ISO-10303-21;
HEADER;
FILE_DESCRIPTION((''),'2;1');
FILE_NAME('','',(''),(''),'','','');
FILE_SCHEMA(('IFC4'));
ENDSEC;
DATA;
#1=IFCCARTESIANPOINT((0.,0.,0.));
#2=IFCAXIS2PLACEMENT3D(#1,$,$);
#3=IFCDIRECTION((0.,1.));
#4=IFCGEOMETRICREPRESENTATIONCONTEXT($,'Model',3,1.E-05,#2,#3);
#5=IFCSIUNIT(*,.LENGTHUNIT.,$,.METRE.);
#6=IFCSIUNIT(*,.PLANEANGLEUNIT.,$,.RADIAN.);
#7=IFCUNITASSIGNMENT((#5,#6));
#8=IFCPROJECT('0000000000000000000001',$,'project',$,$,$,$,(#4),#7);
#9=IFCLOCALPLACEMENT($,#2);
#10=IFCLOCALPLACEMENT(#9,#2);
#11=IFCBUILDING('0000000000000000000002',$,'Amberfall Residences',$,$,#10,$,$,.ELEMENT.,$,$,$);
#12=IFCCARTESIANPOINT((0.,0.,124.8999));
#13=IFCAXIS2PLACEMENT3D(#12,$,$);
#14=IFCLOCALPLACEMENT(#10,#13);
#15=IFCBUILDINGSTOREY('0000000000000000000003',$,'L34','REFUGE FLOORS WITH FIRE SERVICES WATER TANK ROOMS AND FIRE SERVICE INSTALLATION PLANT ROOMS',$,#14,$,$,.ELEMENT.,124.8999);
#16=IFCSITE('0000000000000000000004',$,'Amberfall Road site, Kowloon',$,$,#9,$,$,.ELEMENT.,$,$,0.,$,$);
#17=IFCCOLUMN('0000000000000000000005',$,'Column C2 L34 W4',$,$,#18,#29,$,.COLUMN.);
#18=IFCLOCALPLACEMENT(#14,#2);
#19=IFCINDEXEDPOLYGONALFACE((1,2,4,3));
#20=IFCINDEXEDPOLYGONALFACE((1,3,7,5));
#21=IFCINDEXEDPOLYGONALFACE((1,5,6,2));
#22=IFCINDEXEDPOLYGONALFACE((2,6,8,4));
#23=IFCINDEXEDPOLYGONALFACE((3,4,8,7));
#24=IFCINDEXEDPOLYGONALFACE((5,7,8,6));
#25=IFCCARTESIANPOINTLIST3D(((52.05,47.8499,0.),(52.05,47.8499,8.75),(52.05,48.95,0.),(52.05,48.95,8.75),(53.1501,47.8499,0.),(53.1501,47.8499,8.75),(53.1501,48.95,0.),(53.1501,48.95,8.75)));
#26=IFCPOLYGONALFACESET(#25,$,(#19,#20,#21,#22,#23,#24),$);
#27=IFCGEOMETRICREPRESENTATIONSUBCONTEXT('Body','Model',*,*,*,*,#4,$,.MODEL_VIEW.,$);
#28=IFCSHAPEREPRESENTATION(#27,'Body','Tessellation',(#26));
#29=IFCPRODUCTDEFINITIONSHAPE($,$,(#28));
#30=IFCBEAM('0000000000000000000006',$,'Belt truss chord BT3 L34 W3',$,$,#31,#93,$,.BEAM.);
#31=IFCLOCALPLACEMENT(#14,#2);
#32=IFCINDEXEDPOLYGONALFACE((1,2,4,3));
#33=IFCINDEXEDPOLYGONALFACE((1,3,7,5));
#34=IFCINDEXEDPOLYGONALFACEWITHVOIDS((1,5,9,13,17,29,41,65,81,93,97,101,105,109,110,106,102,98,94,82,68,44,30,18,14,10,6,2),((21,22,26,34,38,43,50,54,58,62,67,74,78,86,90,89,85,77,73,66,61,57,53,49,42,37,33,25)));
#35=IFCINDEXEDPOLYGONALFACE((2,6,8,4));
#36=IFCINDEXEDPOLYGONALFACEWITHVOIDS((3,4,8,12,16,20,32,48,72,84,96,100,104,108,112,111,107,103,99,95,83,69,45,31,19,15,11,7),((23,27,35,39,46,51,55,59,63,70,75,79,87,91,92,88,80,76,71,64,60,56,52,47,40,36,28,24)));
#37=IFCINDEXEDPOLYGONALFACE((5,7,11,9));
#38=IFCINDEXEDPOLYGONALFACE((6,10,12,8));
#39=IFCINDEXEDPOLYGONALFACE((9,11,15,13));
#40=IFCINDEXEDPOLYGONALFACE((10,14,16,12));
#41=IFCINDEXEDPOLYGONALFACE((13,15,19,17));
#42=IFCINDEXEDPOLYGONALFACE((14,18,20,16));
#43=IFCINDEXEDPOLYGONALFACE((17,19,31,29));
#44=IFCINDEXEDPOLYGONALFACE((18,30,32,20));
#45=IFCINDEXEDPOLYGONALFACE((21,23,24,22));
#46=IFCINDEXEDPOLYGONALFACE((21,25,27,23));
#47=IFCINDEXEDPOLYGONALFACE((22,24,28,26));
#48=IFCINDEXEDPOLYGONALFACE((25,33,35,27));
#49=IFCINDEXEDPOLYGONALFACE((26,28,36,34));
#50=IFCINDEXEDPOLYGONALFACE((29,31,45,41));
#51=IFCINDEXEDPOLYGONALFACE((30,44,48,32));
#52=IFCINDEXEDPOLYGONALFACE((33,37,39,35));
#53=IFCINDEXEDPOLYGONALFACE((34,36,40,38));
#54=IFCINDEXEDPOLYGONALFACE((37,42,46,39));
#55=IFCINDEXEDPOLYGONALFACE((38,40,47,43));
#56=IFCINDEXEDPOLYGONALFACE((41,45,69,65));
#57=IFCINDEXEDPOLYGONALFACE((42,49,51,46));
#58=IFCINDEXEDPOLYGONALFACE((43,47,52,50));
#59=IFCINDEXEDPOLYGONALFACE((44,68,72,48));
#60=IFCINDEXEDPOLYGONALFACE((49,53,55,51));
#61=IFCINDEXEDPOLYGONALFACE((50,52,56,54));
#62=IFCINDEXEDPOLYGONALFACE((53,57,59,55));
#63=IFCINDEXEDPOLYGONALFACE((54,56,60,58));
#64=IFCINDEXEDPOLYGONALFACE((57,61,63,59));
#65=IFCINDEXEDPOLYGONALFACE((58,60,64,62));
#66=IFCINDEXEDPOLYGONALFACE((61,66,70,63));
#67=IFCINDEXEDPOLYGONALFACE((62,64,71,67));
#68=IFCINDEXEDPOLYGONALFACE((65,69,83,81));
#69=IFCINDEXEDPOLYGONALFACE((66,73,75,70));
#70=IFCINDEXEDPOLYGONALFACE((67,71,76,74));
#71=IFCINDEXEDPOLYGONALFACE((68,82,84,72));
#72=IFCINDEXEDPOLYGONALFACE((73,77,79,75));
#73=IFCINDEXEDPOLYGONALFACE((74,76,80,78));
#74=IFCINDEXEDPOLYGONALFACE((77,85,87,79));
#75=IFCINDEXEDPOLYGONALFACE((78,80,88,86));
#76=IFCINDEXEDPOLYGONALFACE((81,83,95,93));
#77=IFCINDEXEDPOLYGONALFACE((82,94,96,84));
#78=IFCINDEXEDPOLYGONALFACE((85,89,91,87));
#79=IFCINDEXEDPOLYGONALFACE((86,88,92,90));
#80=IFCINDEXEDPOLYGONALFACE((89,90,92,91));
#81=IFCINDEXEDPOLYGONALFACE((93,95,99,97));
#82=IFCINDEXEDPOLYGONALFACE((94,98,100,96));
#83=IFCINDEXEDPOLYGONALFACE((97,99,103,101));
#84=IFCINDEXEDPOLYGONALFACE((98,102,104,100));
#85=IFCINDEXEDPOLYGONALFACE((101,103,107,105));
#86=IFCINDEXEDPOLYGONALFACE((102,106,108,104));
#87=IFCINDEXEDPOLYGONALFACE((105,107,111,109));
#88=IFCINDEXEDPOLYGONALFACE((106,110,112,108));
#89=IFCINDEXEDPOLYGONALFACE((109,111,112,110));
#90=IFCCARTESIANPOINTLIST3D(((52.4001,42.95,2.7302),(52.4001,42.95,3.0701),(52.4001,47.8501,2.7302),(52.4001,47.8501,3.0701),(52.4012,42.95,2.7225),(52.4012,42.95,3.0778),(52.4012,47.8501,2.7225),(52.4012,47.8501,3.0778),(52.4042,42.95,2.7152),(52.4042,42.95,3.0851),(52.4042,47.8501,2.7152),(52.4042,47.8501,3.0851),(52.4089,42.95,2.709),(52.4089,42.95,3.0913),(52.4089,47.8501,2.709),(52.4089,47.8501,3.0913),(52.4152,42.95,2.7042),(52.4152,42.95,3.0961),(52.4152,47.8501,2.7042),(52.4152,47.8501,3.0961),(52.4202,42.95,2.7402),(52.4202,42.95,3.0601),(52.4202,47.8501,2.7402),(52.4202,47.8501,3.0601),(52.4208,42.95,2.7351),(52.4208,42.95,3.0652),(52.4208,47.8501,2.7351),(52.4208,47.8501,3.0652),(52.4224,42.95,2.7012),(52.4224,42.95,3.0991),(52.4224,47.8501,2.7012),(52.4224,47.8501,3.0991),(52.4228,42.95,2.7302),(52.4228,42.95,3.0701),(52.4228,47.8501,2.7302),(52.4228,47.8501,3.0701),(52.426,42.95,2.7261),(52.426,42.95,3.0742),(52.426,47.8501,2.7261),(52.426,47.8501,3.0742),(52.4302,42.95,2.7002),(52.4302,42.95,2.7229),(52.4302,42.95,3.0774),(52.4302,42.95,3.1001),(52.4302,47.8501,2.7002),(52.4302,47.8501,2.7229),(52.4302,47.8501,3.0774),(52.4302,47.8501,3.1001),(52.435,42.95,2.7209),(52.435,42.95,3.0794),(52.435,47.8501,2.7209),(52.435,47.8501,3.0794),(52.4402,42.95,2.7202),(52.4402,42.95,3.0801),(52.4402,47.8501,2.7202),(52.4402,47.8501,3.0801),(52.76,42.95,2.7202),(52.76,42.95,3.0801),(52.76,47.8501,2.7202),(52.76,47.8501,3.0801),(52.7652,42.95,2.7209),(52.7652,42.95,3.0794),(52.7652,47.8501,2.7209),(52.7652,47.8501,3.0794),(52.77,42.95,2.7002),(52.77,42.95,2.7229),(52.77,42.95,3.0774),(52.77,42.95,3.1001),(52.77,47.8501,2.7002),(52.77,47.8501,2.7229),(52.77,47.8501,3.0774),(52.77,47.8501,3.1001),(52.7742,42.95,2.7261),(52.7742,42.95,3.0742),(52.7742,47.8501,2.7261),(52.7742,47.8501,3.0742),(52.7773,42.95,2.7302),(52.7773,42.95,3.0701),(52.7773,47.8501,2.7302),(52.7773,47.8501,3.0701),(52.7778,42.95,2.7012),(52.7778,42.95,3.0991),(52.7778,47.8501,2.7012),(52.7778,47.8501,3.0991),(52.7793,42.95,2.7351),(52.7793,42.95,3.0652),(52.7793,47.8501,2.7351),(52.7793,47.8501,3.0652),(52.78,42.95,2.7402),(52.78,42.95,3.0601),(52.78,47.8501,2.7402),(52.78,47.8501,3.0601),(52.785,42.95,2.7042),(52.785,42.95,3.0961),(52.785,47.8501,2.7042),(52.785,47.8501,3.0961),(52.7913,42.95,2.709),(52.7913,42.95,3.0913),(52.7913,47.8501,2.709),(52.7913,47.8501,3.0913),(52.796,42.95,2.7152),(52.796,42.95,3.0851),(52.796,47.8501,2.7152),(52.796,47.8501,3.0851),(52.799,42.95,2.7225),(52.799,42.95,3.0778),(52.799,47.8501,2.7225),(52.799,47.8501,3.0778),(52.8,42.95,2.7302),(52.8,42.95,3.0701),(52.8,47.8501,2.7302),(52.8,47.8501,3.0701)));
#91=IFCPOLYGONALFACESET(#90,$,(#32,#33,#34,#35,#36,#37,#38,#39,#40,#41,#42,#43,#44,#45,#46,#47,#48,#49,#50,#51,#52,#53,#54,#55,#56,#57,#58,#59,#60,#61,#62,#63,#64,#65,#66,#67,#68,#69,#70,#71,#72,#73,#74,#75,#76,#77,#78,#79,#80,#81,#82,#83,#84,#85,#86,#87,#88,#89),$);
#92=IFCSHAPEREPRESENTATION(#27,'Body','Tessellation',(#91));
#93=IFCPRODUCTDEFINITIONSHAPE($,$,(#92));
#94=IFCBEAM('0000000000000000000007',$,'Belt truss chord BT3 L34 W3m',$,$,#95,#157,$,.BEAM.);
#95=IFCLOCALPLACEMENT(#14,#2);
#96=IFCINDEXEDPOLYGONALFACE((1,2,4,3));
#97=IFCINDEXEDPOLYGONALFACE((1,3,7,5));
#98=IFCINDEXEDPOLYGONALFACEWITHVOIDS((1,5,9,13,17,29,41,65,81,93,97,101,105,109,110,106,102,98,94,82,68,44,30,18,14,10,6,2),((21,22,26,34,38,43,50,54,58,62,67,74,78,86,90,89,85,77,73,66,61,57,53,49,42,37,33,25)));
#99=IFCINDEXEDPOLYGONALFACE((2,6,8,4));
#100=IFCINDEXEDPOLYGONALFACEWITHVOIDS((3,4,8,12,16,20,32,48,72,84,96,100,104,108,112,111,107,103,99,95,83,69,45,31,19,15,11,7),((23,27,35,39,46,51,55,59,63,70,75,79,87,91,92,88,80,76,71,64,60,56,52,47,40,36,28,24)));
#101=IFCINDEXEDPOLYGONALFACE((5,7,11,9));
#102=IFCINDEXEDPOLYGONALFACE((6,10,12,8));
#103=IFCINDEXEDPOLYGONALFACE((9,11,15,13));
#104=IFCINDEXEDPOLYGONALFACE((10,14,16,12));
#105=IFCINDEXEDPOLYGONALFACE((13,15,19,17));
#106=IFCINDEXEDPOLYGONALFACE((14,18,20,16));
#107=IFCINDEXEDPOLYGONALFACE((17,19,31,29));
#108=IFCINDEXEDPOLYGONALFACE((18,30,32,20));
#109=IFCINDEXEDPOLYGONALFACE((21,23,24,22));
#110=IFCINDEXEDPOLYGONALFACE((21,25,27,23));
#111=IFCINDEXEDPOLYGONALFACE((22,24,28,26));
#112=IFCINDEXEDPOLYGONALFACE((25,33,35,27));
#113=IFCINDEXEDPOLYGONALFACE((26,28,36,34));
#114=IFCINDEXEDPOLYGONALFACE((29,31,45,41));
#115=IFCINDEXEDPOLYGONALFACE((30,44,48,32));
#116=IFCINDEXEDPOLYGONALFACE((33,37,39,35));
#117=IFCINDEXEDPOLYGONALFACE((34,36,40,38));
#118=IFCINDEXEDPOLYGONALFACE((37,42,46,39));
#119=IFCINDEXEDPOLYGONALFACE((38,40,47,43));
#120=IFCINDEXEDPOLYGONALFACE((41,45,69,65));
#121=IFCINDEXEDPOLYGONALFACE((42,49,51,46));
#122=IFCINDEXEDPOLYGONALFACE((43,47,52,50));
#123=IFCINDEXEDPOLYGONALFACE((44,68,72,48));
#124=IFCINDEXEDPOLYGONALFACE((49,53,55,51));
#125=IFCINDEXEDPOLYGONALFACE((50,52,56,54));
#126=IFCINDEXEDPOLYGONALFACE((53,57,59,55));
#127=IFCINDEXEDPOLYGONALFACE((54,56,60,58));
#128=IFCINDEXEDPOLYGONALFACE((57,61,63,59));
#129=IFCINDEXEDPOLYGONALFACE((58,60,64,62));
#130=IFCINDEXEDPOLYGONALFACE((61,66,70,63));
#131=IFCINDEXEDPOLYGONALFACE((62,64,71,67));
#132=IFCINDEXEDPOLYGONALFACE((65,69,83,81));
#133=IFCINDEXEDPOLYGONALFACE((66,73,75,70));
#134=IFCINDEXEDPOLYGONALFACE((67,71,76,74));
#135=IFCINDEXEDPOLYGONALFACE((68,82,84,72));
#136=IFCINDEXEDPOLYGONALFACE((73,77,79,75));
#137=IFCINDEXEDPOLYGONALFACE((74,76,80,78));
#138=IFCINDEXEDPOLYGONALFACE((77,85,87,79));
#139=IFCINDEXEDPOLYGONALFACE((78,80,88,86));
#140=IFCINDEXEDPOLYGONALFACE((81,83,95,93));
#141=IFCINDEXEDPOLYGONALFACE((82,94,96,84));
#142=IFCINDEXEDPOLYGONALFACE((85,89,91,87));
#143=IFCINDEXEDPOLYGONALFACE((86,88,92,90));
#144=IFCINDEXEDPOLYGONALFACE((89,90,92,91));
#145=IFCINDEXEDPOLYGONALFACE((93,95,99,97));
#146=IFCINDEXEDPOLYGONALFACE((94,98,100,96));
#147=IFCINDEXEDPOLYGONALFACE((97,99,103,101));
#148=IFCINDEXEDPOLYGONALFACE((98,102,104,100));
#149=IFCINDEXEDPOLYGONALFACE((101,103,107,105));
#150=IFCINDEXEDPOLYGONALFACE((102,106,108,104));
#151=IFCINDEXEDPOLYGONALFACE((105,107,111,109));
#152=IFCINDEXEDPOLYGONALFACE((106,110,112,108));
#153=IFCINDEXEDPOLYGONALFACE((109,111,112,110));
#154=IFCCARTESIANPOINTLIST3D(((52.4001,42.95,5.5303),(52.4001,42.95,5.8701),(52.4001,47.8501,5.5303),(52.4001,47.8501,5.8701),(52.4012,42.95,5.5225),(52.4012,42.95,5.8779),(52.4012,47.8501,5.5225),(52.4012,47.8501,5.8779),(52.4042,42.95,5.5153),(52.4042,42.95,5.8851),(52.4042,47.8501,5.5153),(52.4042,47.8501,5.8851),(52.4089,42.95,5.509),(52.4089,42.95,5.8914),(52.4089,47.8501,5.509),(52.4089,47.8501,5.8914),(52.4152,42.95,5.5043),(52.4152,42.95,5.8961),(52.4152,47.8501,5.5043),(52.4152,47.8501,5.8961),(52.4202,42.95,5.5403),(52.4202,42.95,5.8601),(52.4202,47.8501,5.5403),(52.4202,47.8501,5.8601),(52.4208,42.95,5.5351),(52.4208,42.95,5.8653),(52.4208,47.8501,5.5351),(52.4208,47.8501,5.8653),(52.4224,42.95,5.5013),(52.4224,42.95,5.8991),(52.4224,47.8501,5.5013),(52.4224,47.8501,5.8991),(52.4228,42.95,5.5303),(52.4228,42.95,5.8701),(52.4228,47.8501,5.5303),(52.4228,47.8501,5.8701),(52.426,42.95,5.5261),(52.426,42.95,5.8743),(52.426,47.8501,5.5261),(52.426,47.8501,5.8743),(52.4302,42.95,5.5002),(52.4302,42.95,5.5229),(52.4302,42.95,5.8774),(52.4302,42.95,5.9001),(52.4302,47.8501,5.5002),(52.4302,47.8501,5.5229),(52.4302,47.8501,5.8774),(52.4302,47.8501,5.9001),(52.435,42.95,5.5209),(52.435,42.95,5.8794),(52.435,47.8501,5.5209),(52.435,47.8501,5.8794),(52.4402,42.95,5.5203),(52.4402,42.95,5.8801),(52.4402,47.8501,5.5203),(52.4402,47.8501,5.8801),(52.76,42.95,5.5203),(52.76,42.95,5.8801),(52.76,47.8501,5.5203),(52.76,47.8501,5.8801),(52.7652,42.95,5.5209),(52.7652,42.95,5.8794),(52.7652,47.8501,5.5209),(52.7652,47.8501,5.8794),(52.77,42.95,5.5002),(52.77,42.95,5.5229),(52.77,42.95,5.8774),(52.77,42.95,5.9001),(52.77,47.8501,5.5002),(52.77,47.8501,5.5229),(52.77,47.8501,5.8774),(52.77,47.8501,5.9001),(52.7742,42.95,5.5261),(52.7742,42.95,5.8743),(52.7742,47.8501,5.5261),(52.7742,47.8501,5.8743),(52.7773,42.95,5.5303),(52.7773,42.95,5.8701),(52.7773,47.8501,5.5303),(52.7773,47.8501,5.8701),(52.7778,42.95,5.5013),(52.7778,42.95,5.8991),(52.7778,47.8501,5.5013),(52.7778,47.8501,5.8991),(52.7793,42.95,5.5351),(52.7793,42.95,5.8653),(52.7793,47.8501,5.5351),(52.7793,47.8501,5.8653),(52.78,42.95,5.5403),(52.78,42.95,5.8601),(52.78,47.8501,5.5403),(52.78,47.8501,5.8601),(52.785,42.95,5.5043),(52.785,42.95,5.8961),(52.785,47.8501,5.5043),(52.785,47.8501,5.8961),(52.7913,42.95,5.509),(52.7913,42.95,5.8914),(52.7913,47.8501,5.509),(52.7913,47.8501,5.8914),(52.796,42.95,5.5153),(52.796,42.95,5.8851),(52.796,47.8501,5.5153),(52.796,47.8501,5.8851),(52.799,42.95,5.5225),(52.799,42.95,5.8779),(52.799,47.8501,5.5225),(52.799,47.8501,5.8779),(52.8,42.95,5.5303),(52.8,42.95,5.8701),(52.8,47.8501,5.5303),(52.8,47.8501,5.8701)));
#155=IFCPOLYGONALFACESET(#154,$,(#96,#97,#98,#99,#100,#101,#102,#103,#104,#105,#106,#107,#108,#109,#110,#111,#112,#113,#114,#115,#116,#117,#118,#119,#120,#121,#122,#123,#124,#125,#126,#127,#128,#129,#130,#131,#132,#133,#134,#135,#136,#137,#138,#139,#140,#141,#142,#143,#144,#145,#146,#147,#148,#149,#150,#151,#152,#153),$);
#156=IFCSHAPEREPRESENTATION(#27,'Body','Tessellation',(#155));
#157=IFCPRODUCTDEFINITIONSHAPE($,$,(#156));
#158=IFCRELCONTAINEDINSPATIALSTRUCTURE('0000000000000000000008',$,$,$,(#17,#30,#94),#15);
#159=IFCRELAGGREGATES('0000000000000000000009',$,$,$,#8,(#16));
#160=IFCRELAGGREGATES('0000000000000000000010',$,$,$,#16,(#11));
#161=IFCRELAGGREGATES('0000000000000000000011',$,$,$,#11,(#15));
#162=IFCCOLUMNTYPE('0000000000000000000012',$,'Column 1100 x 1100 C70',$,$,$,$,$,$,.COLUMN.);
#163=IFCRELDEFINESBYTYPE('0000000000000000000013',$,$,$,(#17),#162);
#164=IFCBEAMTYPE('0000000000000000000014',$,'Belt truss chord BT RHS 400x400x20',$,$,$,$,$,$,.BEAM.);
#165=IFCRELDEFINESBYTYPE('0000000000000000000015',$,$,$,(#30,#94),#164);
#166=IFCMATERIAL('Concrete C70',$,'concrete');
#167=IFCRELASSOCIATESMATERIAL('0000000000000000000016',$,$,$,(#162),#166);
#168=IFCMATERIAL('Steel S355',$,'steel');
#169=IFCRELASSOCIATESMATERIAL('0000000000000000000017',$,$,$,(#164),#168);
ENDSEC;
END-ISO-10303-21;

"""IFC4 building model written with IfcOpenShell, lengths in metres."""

from ifc_helpers import new_model, si_unit, direction, frame, origin, origin_2d, place, context, subcontext, project, spatial, rectangle, hollow_rectangle, extrude, material, material_profile, profile_set, type_object, element, save


model = new_model("IFC4")

# Units and contexts
model_context = context("Model", 3, precision=1e-05, world=origin(), true_north=direction((0.0, 1.0)))
body_context = subcontext(model_context, "Body", "Model", "MODEL_VIEW")
ifc_project = project(units=[si_unit("LENGTHUNIT", "METRE"), si_unit("PLANEANGLEUNIT", "RADIAN")], contexts=[model_context])

# Site, building, storey
site_placement = place(None, origin())
site = spatial("IfcSite", under=ifc_project, at=site_placement, Name="Amberfall Road site, Kowloon", CompositionType="ELEMENT", RefElevation=0.0)
building_placement = place(site_placement, origin())
building = spatial("IfcBuilding", under=site, at=building_placement, Name="Amberfall Residences", CompositionType="ELEMENT")
storey_placement = place(building_placement, frame((0.0, 0.0, 124.8999)))
storey = spatial("IfcBuildingStorey", under=building, at=storey_placement, Name="L34", Description="REFUGE FLOORS WITH FIRE SERVICES WATER TANK ROOMS AND FIRE SERVICE INSTALLATION PLANT ROOMS", CompositionType="ELEMENT", Elevation=124.8999)

# Column
ifc_material_1 = material(Name="Concrete C70", Category="concrete")
ifc_material_profile_1 = material_profile(ifc_material_1, rectangle(XDim=1.1001, YDim=1.1001, at=origin_2d()), Name="Column 1100 x 1100 C70")
ifc_profile_set_1 = profile_set([ifc_material_profile_1], Name="Concrete C70")
column_type = type_object("IfcColumnType", Name="Column 1100 x 1100 C70", PredefinedType="COLUMN", material=ifc_profile_set_1)
column_placement = place(storey_placement, frame((52.6001, 48.3999, 0.0), z_axis=(0.0, 0.0, 1.0), x_axis=(1.0, 0.0, 0.0)))
element("IfcColumn", 1, at=column_placement, inside=storey, type_object=column_type, Name="Column C2 L34 W4", PredefinedType="COLUMN", context=body_context, shape_type="SweptSolid", body=[
    extrude(rectangle(XDim=1.1001, YDim=1.1001, at=origin_2d()), origin(), (0.0, 0.0, 1.0), 8.75),
])

# Beams
ifc_material_2 = material(Name="Steel S355", Category="steel")
ifc_material_profile_2 = material_profile(ifc_material_2, hollow_rectangle(XDim=0.3999, YDim=0.3999, WallThickness=0.02, InnerFilletRadius=0.02, OuterFilletRadius=0.03, at=origin_2d()), Name="RHS 400x400x20")
ifc_profile_set_2 = profile_set([ifc_material_profile_2], Name="Steel S355")
beam_type_1 = type_object("IfcBeamType", Name="Belt truss chord BT RHS 400x400x20", PredefinedType="BEAM", material=ifc_profile_set_2)
for number, where, z_axis, x_axis, name in (
    (2, (52.6001, 42.95, 2.9001), (0.0, 1.0, 0.0), (-1.0, 0.0, 0.0), "Belt truss chord BT3 L34 W3"),
    (3, (52.6001, 42.95, 5.7002), (0.0, 1.0, 0.0), (-1.0, 0.0, 0.0), "Belt truss chord BT3 L34 W3m"),
):
    element("IfcBeam", number, at=place(storey_placement, frame(where, z_axis=z_axis, x_axis=x_axis)), inside=storey, type_object=beam_type_1, Name=name, PredefinedType="BEAM", context=body_context, shape_type="SweptSolid", body=[
        extrude(hollow_rectangle(XDim=0.3999, YDim=0.3999, WallThickness=0.02, InnerFilletRadius=0.02, OuterFilletRadius=0.03, at=origin_2d()), origin(), (0.0, 0.0, 1.0), 4.9001),
    ])

save(model, "model.ifc")
